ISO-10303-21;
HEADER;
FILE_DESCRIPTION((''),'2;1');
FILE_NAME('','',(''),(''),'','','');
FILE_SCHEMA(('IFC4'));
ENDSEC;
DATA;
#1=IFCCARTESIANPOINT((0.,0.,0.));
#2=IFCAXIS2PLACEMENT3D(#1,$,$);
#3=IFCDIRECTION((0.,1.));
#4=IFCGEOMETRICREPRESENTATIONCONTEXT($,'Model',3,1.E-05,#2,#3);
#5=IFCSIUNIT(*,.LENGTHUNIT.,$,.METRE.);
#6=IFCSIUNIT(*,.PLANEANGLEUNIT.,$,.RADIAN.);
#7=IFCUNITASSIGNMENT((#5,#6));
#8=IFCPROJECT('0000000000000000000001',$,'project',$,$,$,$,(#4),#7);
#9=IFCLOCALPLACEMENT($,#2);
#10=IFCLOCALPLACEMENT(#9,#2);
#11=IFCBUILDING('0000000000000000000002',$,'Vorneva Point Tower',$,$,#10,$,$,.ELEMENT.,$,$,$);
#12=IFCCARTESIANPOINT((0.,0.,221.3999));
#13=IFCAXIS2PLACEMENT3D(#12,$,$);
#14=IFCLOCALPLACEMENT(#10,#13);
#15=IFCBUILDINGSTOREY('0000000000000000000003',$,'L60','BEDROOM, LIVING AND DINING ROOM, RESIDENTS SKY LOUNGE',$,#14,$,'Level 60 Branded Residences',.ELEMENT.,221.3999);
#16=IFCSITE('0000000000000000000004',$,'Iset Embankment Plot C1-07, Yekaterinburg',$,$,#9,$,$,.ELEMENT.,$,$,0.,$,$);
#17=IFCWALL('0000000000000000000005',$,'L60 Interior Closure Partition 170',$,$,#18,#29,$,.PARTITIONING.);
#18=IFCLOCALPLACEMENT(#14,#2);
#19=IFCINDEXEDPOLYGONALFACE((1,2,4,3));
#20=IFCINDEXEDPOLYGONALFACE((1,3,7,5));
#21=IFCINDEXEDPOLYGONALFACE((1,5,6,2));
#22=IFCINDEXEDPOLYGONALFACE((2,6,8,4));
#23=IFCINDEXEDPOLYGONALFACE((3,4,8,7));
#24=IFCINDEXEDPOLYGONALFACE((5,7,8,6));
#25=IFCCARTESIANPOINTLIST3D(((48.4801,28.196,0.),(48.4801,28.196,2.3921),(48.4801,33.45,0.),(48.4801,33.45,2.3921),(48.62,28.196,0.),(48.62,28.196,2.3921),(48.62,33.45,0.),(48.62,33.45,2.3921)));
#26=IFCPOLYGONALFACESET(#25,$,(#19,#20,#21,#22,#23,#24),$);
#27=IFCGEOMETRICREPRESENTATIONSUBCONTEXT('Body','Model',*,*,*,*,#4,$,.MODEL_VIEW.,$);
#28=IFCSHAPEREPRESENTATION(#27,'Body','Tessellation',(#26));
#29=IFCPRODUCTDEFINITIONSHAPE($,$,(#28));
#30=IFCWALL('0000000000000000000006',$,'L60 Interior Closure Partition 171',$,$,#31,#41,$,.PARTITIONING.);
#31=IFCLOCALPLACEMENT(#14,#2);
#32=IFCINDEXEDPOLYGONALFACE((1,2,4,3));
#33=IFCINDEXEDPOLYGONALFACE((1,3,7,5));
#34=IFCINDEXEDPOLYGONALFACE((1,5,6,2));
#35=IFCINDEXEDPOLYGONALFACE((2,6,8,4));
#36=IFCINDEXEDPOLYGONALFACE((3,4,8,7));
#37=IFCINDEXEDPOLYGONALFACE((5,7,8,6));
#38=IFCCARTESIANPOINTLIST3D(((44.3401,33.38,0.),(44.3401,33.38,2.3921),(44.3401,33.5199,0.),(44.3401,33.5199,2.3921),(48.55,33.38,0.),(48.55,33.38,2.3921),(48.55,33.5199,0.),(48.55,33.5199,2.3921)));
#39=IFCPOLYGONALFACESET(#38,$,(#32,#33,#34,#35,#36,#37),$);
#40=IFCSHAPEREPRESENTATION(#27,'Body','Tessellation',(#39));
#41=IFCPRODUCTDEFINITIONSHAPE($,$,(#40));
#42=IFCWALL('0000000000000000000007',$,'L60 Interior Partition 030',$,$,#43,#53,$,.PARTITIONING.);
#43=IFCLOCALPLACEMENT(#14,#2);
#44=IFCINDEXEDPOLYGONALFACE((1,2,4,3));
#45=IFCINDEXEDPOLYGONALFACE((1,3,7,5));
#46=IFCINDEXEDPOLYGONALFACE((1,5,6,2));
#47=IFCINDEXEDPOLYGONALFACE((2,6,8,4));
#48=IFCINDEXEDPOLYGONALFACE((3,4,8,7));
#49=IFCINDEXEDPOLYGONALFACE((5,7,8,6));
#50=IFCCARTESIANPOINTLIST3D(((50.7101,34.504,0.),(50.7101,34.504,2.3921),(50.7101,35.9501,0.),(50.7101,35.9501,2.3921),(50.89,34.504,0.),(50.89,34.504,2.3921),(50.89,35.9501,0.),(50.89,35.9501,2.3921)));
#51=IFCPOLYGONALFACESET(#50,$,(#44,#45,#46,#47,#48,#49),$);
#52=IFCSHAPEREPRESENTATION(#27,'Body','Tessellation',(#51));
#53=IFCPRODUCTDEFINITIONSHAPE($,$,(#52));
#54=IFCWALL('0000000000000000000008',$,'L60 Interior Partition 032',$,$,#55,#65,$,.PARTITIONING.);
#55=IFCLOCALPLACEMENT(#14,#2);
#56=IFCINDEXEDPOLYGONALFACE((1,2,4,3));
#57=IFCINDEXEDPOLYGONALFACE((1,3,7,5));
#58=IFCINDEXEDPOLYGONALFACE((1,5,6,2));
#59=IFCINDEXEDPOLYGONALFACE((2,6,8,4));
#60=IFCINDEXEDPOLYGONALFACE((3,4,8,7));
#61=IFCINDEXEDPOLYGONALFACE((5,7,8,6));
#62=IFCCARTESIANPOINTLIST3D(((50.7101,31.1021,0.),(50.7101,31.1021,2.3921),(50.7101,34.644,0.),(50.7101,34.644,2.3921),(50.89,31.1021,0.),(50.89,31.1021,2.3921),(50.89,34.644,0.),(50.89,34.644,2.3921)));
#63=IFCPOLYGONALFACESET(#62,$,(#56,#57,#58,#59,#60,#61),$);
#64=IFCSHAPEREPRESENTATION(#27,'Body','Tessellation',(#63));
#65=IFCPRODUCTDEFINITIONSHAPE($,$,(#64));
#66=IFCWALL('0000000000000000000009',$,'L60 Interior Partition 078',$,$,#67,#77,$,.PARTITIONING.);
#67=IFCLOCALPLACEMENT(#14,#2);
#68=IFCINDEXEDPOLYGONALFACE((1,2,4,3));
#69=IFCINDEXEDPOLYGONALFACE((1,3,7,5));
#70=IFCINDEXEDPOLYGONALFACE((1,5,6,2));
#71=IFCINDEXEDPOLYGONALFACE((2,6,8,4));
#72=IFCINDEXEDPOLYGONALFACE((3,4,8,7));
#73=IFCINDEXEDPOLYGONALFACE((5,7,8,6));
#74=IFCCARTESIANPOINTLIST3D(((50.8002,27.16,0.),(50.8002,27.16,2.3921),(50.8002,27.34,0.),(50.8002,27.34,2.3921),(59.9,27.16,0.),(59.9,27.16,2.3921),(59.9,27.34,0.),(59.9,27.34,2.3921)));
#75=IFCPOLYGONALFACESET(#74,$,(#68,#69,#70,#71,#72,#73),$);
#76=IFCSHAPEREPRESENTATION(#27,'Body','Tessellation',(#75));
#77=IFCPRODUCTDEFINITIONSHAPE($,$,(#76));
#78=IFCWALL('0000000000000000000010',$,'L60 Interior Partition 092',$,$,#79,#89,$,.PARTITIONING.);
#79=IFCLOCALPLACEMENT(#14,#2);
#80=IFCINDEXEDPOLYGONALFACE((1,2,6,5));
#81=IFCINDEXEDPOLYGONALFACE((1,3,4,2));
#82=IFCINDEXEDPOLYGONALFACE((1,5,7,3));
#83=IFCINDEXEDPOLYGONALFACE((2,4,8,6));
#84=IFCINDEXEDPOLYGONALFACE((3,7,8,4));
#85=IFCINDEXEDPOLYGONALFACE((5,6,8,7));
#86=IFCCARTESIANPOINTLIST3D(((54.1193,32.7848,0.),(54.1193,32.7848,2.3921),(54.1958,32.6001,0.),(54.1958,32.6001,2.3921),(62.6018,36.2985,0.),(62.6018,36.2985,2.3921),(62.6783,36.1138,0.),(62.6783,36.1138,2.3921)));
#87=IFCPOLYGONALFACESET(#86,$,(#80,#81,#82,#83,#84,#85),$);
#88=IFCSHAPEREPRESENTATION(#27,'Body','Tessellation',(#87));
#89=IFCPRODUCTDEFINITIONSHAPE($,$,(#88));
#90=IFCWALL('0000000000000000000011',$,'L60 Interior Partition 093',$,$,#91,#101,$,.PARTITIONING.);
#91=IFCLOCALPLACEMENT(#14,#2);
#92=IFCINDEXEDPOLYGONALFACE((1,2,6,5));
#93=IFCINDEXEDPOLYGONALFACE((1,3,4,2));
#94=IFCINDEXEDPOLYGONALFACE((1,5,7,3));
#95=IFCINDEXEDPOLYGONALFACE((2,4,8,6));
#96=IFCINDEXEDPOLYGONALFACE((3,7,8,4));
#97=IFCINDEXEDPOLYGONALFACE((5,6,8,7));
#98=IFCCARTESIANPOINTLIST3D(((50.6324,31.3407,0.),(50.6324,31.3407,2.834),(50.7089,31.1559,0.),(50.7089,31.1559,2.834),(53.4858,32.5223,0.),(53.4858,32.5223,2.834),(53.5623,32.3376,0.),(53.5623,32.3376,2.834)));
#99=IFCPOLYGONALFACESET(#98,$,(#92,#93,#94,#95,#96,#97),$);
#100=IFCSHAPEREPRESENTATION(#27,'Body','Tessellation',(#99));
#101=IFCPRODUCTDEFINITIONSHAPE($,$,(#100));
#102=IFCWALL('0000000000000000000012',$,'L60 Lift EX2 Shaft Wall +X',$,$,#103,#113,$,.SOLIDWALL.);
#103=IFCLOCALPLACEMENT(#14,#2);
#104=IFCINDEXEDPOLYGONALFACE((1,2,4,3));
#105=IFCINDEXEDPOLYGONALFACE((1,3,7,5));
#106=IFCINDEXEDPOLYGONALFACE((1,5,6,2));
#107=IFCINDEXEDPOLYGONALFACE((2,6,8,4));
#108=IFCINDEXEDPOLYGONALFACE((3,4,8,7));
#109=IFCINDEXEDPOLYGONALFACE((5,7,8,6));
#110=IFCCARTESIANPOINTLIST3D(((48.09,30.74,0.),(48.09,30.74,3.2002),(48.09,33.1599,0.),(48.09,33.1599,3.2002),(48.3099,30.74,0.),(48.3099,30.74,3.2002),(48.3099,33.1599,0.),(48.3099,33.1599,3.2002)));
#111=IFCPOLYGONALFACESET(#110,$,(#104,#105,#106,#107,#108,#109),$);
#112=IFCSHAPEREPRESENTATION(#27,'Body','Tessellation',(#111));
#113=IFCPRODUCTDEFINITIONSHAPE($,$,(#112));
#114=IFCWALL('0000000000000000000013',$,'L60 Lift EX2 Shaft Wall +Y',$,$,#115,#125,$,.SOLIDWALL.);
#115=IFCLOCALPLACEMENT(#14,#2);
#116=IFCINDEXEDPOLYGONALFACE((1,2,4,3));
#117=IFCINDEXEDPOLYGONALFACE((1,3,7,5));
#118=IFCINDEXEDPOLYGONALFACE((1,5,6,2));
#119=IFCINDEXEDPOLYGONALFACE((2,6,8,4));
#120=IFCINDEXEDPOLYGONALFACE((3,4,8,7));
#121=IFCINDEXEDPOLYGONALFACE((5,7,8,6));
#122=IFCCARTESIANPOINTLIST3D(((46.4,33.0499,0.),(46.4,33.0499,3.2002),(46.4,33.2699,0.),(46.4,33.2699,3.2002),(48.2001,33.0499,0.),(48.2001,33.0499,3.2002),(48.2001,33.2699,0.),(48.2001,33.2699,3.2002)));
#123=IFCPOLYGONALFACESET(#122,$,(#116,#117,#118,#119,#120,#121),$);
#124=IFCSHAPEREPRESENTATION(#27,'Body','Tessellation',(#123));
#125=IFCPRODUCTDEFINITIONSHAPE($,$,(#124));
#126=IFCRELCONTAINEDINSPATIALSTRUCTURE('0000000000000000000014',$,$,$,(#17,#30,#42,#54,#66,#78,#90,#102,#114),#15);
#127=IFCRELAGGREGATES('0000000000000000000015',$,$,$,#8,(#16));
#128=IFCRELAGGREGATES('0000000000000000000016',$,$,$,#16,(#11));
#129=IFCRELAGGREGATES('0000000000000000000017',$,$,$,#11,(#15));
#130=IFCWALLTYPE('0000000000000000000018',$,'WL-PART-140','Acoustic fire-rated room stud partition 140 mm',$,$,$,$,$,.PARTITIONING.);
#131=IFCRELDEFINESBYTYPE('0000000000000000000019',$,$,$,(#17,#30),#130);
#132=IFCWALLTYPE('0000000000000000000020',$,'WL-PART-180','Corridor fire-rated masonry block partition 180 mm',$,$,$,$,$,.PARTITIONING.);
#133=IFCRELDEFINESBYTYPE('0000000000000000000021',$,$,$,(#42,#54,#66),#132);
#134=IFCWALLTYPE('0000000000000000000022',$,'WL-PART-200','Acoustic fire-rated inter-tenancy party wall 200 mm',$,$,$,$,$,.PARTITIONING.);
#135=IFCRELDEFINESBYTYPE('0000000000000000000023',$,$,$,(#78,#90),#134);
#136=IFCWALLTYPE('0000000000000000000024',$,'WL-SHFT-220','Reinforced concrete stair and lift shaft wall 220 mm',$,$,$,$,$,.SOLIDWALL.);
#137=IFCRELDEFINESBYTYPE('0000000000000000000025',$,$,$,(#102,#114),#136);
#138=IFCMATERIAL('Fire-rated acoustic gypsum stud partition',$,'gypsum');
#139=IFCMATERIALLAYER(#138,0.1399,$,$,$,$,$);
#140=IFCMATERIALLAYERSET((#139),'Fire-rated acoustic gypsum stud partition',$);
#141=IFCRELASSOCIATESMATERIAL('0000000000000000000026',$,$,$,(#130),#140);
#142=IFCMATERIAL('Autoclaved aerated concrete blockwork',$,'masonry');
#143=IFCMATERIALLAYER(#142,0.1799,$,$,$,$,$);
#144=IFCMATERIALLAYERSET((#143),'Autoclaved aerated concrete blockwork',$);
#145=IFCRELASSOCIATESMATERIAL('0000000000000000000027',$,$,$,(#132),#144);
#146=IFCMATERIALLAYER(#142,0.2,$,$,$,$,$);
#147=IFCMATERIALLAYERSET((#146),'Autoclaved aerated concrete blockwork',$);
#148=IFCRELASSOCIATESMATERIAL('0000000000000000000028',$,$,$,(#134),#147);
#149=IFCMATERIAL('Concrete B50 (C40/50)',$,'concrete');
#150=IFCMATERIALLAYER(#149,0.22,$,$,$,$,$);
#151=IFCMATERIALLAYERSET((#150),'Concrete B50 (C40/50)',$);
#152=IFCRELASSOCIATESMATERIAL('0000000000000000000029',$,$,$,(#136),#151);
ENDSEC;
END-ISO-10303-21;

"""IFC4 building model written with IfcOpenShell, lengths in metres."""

from ifc_helpers import new_model, si_unit, direction, frame, frame_2d, origin, place, context, subcontext, project, spatial, rectangle, extrude, material, layer, layer_set, type_object, element, save


model = new_model("IFC4")

# Units and contexts
model_context = context("Model", 3, precision=1e-05, world=origin(), true_north=direction((0.0, 1.0)))
body_context = subcontext(model_context, "Body", "Model", "MODEL_VIEW")
ifc_project = project(units=[si_unit("LENGTHUNIT", "METRE"), si_unit("PLANEANGLEUNIT", "RADIAN")], contexts=[model_context])

# Site, building, storey
site_placement = place(None, origin())
site = spatial("IfcSite", under=ifc_project, at=site_placement, Name="Iset Embankment Plot C1-07, Yekaterinburg", CompositionType="ELEMENT", RefElevation=0.0)
building_placement = place(site_placement, origin())
building = spatial("IfcBuilding", under=site, at=building_placement, Name="Vorneva Point Tower", CompositionType="ELEMENT")
storey_placement = place(building_placement, frame((0.0, 0.0, 221.3999)))
storey = spatial("IfcBuildingStorey", under=building, at=storey_placement, Name="L60", Description="BEDROOM, LIVING AND DINING ROOM, RESIDENTS SKY LOUNGE", LongName="Level 60 Branded Residences", CompositionType="ELEMENT", Elevation=221.3999)

# Shared definitions
ifc_material_1 = material(Name="Concrete B50 (C40/50)", Category="concrete")

# Shared definitions
ifc_material_2 = material(Name="Fire-rated acoustic gypsum stud partition", Category="gypsum")

# Walls
ifc_layer_1 = layer(ifc_material_2, 0.1399)
ifc_layer_set_1 = layer_set([ifc_layer_1], Name="Fire-rated acoustic gypsum stud partition")
wall_type_1 = type_object("IfcWallType", Name="WL-PART-140", Description="Acoustic fire-rated room stud partition 140 mm", PredefinedType="PARTITIONING", material=ifc_layer_set_1)
wall_1_placement = place(storey_placement, frame((48.55, 28.196, 0.0), z_axis=(0.0, 0.0, 1.0), x_axis=(0.0, 1.0, 0.0)))
element("IfcWall", 1, at=wall_1_placement, inside=storey, type_object=wall_type_1, Name="L60 Interior Closure Partition 170", PredefinedType="PARTITIONING", context=body_context, shape_type="SweptSolid", body=[
    extrude(rectangle(XDim=5.2539, YDim=0.1399, at=frame_2d((2.627, 0.0))), origin(), (0.0, 0.0, 1.0), 2.3921),
])
wall_2_placement = place(storey_placement, frame((48.55, 33.45, 0.0), z_axis=(0.0, 0.0, 1.0), x_axis=(-1.0, 0.0, 0.0)))
element("IfcWall", 2, at=wall_2_placement, inside=storey, type_object=wall_type_1, Name="L60 Interior Closure Partition 171", PredefinedType="PARTITIONING", context=body_context, shape_type="SweptSolid", body=[
    extrude(rectangle(XDim=4.21, YDim=0.1399, at=frame_2d((2.105, 0.0))), origin(), (0.0, 0.0, 1.0), 2.3921),
])
ifc_material_3 = material(Name="Autoclaved aerated concrete blockwork", Category="masonry")
ifc_layer_2 = layer(ifc_material_3, 0.1799)
ifc_layer_set_2 = layer_set([ifc_layer_2], Name="Autoclaved aerated concrete blockwork")
wall_type_2 = type_object("IfcWallType", Name="WL-PART-180", Description="Corridor fire-rated masonry block partition 180 mm", PredefinedType="PARTITIONING", material=ifc_layer_set_2)
wall_3_placement = place(storey_placement, frame((50.8, 34.5039, 0.0), z_axis=(0.0, 0.0, 1.0), x_axis=(0.0, 1.0, 0.0)))
element("IfcWall", 3, at=wall_3_placement, inside=storey, type_object=wall_type_2, Name="L60 Interior Partition 030", PredefinedType="PARTITIONING", context=body_context, shape_type="SweptSolid", body=[
    extrude(rectangle(XDim=1.446, YDim=0.1799, at=frame_2d((0.7231, 0.0))), origin(), (0.0, 0.0, 1.0), 2.3921),
])
wall_4_placement = place(storey_placement, frame((50.8, 31.1021, 0.0), z_axis=(0.0, 0.0, 1.0), x_axis=(0.0, 1.0, 0.0)))
element("IfcWall", 4, at=wall_4_placement, inside=storey, type_object=wall_type_2, Name="L60 Interior Partition 032", PredefinedType="PARTITIONING", context=body_context, shape_type="SweptSolid", body=[
    extrude(rectangle(XDim=3.542, YDim=0.1799, at=frame_2d((1.771, 0.0))), origin(), (0.0, 0.0, 1.0), 2.3921),
])
wall_5_placement = place(storey_placement, frame((59.8999, 27.25, 0.0), z_axis=(0.0, 0.0, 1.0), x_axis=(-1.0, 0.0, 0.0)))
element("IfcWall", 5, at=wall_5_placement, inside=storey, type_object=wall_type_2, Name="L60 Interior Partition 078", PredefinedType="PARTITIONING", context=body_context, shape_type="SweptSolid", body=[
    extrude(rectangle(XDim=9.0999, YDim=0.1799, at=frame_2d((4.5498, 0.0))), origin(), (0.0, 0.0, 1.0), 2.3921),
])
ifc_layer_3 = layer(ifc_material_3, 0.2)
ifc_layer_set_3 = layer_set([ifc_layer_3], Name="Autoclaved aerated concrete blockwork")
wall_type_3 = type_object("IfcWallType", Name="WL-PART-200", Description="Acoustic fire-rated inter-tenancy party wall 200 mm", PredefinedType="PARTITIONING", material=ifc_layer_set_3)
wall_6_placement = place(storey_placement, frame((54.1575, 32.6924, 0.0), z_axis=(0.0, 0.0, 1.0), x_axis=(0.923874, 0.382696, 0.0)))
element("IfcWall", 6, at=wall_6_placement, inside=storey, type_object=wall_type_3, Name="L60 Interior Partition 092", PredefinedType="PARTITIONING", context=body_context, shape_type="SweptSolid", body=[
    extrude(rectangle(XDim=9.1814, YDim=0.2, at=frame_2d((4.5908, 0.0))), origin(), (0.0, 0.0, 1.0), 2.3921),
])
wall_7_placement = place(storey_placement, frame((50.6707, 31.2483, 0.0), z_axis=(0.0, 0.0, 1.0), x_axis=(0.923905, 0.382622, 0.0)))
element("IfcWall", 7, at=wall_7_placement, inside=storey, type_object=wall_type_3, Name="L60 Interior Partition 093", PredefinedType="PARTITIONING", context=body_context, shape_type="SweptSolid", body=[
    extrude(rectangle(XDim=3.0884, YDim=0.2, at=frame_2d((1.5442, 0.0))), origin(), (0.0, 0.0, 1.0), 2.834),
])
ifc_layer_4 = layer(ifc_material_1, 0.22)
ifc_layer_set_4 = layer_set([ifc_layer_4], Name="Concrete B50 (C40/50)")
wall_type_4 = type_object("IfcWallType", Name="WL-SHFT-220", Description="Reinforced concrete stair and lift shaft wall 220 mm", PredefinedType="SOLIDWALL", material=ifc_layer_set_4)
wall_8_placement = place(storey_placement, frame((48.2, 30.74, 0.0), z_axis=(0.0, 0.0, 1.0), x_axis=(0.0, 1.0, 0.0)))
element("IfcWall", 8, at=wall_8_placement, inside=storey, type_object=wall_type_4, Name="L60 Lift EX2 Shaft Wall +X", PredefinedType="SOLIDWALL", context=body_context, shape_type="SweptSolid", body=[
    extrude(rectangle(XDim=2.4199, YDim=0.22, at=frame_2d((1.21, 0.0))), origin(), (0.0, 0.0, 1.0), 3.2002),
])
wall_9_placement = place(storey_placement, frame((48.2, 33.1599, 0.0), z_axis=(0.0, 0.0, 1.0), x_axis=(-1.0, 0.0, 0.0)))
element("IfcWall", 9, at=wall_9_placement, inside=storey, type_object=wall_type_4, Name="L60 Lift EX2 Shaft Wall +Y", PredefinedType="SOLIDWALL", context=body_context, shape_type="SweptSolid", body=[
    extrude(rectangle(XDim=1.8, YDim=0.22, at=frame_2d((0.8999, 0.0))), origin(), (0.0, 0.0, 1.0), 3.2002),
])

save(model, "model.ifc")
